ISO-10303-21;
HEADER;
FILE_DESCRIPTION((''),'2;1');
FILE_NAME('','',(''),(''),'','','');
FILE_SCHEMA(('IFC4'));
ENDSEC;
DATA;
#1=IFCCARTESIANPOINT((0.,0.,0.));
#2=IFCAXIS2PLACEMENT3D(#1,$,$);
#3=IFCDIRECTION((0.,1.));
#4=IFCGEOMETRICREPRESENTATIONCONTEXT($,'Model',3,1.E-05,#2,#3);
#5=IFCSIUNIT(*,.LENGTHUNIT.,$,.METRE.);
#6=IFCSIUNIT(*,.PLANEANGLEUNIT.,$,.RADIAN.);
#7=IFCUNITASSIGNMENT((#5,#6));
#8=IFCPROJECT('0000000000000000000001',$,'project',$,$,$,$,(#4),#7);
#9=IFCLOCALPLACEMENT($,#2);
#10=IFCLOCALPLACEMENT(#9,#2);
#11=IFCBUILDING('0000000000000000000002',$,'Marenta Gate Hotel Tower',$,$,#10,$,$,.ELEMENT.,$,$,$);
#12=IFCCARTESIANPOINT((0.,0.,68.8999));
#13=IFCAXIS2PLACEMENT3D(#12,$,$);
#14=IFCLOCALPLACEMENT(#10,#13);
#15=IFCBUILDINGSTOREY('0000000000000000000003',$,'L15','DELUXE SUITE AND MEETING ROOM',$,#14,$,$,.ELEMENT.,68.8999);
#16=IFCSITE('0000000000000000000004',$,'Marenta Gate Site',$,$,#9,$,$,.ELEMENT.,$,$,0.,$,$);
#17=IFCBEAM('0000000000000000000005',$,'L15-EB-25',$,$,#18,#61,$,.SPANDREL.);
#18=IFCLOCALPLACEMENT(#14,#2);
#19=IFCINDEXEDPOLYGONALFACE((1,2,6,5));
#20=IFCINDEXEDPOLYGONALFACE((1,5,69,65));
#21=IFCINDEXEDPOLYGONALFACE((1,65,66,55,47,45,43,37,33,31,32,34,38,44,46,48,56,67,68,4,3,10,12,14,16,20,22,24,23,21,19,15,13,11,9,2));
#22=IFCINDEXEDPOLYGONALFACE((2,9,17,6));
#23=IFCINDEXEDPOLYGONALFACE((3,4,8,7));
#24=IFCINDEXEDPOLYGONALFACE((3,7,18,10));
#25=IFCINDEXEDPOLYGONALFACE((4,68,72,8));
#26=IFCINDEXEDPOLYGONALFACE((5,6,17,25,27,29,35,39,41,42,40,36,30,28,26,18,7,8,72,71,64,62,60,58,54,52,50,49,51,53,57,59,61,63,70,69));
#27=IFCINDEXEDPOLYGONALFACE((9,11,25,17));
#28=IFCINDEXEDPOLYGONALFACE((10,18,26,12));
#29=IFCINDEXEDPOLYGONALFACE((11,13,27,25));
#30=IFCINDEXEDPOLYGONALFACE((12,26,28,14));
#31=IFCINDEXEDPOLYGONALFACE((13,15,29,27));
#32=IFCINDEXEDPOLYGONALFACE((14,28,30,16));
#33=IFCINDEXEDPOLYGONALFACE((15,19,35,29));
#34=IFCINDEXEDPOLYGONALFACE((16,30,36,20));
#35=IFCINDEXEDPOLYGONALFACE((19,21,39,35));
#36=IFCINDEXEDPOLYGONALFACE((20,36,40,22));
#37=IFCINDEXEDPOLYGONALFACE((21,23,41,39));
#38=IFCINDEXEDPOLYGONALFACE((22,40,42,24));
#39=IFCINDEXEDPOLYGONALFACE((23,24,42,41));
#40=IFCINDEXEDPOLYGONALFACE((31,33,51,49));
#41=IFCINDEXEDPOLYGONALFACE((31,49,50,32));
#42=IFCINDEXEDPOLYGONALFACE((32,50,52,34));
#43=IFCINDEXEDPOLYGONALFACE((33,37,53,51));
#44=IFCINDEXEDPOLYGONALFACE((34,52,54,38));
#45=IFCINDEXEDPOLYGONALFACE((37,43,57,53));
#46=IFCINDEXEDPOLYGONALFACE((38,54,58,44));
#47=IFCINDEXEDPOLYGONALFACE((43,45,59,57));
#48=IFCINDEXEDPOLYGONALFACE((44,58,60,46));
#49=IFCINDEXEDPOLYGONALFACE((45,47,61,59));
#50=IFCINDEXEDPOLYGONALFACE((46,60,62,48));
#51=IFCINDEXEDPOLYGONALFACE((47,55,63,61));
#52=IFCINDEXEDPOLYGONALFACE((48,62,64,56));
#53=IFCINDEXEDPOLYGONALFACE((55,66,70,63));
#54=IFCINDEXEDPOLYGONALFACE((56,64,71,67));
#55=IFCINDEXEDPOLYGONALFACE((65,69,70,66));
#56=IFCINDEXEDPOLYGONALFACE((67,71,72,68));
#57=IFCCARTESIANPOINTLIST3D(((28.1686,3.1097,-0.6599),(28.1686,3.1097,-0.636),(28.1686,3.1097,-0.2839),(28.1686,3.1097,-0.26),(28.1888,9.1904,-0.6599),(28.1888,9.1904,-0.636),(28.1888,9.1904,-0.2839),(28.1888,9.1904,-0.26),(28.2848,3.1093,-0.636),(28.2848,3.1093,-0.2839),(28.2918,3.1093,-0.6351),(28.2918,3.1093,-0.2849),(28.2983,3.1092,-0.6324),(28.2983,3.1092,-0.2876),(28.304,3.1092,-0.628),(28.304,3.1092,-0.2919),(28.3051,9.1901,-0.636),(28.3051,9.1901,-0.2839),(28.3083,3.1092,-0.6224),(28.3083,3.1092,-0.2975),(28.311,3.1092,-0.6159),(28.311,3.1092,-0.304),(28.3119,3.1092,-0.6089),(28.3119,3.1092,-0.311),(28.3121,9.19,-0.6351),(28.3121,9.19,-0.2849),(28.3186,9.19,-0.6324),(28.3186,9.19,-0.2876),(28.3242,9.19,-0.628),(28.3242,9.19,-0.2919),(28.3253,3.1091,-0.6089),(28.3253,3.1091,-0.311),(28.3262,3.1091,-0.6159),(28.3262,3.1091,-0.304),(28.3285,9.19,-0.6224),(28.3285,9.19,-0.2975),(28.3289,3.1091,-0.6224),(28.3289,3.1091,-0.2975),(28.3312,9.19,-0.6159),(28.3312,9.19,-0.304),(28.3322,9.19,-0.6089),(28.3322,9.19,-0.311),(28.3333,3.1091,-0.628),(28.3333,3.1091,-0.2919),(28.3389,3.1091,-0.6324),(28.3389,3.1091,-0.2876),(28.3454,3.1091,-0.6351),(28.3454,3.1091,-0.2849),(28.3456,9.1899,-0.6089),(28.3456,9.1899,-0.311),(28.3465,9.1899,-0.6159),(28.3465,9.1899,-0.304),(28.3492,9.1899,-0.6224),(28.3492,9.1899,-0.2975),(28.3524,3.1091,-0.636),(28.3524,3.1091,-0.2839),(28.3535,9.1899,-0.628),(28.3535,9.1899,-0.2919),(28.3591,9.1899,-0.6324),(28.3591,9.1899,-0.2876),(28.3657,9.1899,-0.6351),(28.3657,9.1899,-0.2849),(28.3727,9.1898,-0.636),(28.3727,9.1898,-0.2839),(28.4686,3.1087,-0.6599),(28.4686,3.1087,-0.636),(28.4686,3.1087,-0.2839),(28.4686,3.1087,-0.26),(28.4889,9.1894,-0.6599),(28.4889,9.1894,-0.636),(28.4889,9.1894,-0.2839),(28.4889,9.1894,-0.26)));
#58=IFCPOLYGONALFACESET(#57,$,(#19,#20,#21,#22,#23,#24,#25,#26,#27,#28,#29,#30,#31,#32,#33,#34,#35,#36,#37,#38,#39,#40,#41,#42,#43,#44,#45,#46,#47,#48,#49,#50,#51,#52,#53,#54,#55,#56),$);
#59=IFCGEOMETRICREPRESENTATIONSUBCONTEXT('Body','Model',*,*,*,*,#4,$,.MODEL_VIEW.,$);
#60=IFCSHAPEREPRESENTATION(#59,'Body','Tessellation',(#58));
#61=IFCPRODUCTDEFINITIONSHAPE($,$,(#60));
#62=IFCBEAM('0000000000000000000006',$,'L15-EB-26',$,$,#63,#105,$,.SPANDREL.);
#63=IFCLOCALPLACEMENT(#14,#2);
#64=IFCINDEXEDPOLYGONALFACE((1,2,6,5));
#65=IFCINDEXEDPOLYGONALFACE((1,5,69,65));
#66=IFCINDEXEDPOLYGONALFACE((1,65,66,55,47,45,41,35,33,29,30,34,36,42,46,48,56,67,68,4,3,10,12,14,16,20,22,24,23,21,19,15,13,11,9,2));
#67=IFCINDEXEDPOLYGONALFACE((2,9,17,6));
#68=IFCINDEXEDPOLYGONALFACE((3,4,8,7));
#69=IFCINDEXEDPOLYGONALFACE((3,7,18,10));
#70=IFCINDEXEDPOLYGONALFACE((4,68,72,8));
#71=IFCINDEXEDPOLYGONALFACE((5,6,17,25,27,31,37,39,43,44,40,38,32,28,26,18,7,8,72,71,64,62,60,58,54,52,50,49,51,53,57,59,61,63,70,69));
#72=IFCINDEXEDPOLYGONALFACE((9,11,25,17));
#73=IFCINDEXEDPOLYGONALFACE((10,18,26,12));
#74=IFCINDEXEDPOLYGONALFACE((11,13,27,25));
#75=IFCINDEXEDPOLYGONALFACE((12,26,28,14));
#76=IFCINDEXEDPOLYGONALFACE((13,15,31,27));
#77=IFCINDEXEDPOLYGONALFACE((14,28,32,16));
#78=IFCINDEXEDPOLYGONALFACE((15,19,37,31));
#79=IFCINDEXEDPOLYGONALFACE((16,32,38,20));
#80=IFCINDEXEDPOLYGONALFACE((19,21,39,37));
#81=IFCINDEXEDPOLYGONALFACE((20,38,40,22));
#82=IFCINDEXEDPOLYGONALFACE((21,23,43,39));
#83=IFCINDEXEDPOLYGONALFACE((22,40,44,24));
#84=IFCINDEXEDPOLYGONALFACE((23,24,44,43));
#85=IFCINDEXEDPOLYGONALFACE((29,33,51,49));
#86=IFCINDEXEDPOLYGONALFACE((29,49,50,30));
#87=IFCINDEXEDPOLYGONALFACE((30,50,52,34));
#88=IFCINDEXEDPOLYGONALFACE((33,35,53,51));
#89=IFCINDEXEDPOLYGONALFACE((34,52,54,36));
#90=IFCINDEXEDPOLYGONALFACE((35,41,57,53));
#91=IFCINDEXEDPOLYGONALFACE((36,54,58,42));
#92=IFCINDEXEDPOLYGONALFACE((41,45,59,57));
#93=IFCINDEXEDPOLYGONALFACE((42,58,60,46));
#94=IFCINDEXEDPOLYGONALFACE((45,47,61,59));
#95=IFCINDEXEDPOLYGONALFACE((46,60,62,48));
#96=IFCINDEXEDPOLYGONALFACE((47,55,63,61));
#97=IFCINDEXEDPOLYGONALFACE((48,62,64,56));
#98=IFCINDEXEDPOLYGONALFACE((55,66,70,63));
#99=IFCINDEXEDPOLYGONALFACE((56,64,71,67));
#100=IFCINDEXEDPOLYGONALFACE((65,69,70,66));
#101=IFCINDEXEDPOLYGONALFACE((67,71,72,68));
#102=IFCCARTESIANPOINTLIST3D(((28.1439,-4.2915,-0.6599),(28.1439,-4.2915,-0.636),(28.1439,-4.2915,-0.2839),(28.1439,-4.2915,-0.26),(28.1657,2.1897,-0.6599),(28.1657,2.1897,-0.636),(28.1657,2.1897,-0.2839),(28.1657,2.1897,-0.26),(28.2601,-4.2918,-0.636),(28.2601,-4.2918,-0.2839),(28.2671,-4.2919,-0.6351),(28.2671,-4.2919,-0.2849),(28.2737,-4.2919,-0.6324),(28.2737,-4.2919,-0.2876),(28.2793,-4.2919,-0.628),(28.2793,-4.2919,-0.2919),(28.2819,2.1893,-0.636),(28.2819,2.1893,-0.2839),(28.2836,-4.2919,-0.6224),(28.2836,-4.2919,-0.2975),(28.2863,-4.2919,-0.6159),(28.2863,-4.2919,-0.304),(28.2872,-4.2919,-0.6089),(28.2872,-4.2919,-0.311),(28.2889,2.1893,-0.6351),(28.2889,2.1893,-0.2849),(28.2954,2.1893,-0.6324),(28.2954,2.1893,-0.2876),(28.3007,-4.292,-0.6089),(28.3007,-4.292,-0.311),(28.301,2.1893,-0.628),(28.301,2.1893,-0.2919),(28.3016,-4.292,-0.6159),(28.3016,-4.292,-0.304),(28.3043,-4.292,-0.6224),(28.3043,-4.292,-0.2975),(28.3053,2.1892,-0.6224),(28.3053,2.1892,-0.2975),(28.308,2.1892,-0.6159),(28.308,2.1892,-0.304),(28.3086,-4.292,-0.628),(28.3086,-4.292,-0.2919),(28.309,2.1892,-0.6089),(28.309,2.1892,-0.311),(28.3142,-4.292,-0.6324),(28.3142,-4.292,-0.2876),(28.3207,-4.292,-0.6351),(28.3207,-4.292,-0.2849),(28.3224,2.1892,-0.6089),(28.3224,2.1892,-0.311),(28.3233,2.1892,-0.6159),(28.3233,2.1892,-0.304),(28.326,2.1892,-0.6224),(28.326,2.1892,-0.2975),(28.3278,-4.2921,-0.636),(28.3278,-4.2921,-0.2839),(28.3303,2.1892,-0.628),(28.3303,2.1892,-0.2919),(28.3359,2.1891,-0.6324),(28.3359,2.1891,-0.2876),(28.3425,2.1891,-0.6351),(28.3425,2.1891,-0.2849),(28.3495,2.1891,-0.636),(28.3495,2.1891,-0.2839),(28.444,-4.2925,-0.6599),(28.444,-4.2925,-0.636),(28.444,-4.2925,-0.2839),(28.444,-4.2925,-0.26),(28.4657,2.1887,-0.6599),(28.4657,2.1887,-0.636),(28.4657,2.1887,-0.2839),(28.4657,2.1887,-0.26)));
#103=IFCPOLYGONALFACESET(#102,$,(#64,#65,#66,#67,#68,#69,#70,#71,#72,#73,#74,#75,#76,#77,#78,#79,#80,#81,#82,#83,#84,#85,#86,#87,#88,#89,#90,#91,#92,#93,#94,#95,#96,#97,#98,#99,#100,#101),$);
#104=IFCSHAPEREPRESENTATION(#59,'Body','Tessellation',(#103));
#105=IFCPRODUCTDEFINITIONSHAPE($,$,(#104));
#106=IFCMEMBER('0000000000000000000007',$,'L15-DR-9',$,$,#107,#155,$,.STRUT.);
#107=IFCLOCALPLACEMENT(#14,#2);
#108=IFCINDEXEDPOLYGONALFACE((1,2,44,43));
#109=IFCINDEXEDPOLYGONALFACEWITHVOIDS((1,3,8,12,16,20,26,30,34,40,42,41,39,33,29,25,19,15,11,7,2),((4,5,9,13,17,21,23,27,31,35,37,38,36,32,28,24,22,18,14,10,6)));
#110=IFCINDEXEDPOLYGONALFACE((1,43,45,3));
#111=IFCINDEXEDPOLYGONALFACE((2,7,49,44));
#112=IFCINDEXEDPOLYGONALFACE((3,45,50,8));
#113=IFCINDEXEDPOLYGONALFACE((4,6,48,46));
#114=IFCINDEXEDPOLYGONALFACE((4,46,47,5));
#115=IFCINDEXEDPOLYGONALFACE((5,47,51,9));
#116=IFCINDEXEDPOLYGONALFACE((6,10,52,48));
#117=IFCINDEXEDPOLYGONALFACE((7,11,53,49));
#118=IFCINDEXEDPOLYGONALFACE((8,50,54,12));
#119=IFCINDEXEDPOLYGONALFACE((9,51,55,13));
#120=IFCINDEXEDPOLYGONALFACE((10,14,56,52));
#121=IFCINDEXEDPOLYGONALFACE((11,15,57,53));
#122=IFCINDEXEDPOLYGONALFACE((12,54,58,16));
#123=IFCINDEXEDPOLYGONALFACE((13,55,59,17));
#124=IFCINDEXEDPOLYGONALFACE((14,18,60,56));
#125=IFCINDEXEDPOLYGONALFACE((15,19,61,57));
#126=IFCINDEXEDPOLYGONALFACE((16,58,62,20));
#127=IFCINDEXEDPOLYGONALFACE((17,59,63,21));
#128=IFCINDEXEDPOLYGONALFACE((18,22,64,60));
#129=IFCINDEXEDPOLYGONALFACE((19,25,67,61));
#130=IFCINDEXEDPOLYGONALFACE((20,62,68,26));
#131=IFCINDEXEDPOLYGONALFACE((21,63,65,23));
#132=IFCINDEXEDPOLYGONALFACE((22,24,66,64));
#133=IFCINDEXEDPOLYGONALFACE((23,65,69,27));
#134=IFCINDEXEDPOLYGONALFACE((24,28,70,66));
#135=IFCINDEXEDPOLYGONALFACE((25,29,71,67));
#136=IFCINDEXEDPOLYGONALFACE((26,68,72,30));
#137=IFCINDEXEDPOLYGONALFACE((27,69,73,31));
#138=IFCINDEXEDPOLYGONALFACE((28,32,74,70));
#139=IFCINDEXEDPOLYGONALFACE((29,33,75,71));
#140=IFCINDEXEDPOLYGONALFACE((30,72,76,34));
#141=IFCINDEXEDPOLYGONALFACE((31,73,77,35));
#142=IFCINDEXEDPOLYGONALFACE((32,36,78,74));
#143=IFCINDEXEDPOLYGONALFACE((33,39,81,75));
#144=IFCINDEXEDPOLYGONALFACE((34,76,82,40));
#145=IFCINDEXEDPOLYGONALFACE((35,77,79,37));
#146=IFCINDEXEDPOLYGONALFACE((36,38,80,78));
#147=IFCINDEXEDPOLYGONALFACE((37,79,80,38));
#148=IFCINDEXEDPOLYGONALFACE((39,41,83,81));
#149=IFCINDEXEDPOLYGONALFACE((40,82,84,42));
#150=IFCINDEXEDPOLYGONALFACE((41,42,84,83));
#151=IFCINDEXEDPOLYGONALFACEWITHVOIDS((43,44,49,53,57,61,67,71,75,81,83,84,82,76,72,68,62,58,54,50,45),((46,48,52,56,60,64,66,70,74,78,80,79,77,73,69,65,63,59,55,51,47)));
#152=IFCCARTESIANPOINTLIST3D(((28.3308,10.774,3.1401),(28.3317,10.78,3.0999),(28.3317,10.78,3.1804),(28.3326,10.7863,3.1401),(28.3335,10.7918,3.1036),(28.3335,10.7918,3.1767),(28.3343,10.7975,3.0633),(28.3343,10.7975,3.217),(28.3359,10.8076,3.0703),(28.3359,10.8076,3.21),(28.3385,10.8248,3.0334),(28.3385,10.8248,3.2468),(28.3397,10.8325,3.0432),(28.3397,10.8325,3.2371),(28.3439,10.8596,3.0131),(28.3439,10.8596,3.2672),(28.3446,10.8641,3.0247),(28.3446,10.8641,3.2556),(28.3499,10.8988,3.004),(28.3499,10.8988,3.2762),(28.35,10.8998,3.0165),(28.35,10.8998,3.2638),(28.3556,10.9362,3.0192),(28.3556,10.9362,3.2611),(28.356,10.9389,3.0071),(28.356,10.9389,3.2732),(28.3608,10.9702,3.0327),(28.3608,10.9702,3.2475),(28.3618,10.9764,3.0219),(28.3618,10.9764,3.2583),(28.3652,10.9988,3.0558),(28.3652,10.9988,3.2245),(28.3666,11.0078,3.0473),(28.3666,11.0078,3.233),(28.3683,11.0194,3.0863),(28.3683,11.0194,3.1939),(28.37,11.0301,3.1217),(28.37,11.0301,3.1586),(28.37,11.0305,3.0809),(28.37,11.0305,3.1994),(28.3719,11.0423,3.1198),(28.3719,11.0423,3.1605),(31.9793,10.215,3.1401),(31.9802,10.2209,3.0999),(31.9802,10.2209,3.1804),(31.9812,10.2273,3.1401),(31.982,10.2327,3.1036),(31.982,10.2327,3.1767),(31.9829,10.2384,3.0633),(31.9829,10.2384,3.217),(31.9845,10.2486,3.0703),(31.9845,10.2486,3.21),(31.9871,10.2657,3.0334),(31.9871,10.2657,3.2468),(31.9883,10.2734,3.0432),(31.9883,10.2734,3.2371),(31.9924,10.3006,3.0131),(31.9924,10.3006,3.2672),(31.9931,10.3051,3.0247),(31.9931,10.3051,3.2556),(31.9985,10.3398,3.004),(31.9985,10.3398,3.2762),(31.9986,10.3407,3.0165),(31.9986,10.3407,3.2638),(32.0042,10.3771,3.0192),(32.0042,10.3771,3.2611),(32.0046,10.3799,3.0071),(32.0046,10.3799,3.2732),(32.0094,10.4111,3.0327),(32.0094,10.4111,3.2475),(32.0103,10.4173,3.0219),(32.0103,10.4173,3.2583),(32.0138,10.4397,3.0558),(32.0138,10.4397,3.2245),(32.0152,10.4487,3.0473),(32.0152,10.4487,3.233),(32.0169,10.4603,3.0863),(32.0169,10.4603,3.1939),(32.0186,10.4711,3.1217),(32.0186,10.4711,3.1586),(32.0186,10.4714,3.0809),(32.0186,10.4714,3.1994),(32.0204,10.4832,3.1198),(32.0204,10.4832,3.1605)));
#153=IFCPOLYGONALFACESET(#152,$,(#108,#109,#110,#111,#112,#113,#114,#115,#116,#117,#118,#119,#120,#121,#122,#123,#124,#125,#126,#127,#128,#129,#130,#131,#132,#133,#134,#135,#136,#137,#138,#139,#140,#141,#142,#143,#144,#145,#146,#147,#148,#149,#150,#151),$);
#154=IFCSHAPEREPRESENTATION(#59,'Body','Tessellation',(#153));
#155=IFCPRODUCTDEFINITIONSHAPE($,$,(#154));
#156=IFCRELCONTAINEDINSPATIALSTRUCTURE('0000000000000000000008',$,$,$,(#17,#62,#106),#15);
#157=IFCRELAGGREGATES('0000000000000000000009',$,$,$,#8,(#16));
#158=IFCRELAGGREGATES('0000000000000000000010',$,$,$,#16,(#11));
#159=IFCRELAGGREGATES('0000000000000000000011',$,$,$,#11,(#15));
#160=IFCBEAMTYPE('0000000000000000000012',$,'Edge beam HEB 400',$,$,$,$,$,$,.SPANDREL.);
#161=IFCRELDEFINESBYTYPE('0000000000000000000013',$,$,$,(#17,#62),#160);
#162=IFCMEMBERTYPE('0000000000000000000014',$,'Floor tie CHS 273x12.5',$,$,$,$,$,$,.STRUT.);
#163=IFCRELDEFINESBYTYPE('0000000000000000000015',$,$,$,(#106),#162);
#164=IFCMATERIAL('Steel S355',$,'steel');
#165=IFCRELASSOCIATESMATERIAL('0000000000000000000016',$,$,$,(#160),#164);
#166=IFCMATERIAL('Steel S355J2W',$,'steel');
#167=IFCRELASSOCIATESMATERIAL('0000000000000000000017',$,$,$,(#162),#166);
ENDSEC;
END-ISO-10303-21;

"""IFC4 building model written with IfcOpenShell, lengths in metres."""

from ifc_helpers import new_model, si_unit, direction, frame, origin, origin_2d, place, context, subcontext, project, spatial, hollow_circle, i_section, extrude, material, material_profile, profile_set, type_object, element, save


model = new_model("IFC4")

# Units and contexts
model_context = context("Model", 3, precision=1e-05, world=origin(), true_north=direction((0.0, 1.0)))
body_context = subcontext(model_context, "Body", "Model", "MODEL_VIEW")
ifc_project = project(units=[si_unit("LENGTHUNIT", "METRE"), si_unit("PLANEANGLEUNIT", "RADIAN")], contexts=[model_context])

# Site, building, storey
site_placement = place(None, origin())
site = spatial("IfcSite", under=ifc_project, at=site_placement, Name="Marenta Gate Site", CompositionType="ELEMENT", RefElevation=0.0)
building_placement = place(site_placement, origin())
building = spatial("IfcBuilding", under=site, at=building_placement, Name="Marenta Gate Hotel Tower", CompositionType="ELEMENT")
storey_placement = place(building_placement, frame((0.0, 0.0, 68.8999)))
storey = spatial("IfcBuildingStorey", under=building, at=storey_placement, Name="L15", Description="DELUXE SUITE AND MEETING ROOM", CompositionType="ELEMENT", Elevation=68.8999)

# Beams
ifc_material_1 = material(Name="Steel S355", Category="steel")
ifc_material_profile_1 = material_profile(ifc_material_1, i_section(OverallWidth=0.3, OverallDepth=0.3999, WebThickness=0.0134, FlangeThickness=0.0239, FilletRadius=0.0271, at=origin_2d()), Name="HEB 400")
ifc_profile_set_1 = profile_set([ifc_material_profile_1], Name="Steel S355")
beam_type_1 = type_object("IfcBeamType", Name="Edge beam HEB 400", PredefinedType="SPANDREL", material=ifc_profile_set_1)
beam_1_placement = place(storey_placement, frame((28.3389, 9.1899, -0.46), z_axis=(-0.003332, -0.999994, 0.0), x_axis=(0.999994, -0.003332, 0.0)))
element("IfcBeam", 1, at=beam_1_placement, inside=storey, type_object=beam_type_1, Name="L15-EB-25", PredefinedType="SPANDREL", context=body_context, shape_type="SweptSolid", body=[
    extrude(i_section(OverallWidth=0.3, OverallDepth=0.3999, WebThickness=0.0134, FlangeThickness=0.0239, FilletRadius=0.0271, at=origin_2d()), origin(), (0.0, 0.0, 1.0), 6.0808),
])
beam_2_placement = place(storey_placement, frame((28.3157, 2.1892, -0.46), z_axis=(-0.003353, -0.999994, 0.0), x_axis=(0.999994, -0.003353, 0.0)))
element("IfcBeam", 2, at=beam_2_placement, inside=storey, type_object=beam_type_1, Name="L15-EB-26", PredefinedType="SPANDREL", context=body_context, shape_type="SweptSolid", body=[
    extrude(i_section(OverallWidth=0.3, OverallDepth=0.3999, WebThickness=0.0134, FlangeThickness=0.0239, FilletRadius=0.0271, at=origin_2d()), origin(), (0.0, 0.0, 1.0), 6.4812),
])

# Member
ifc_material_2 = material(Name="Steel S355J2W", Category="steel")
ifc_material_profile_2 = material_profile(ifc_material_2, hollow_circle(Radius=0.1365, WallThickness=0.0125, at=origin_2d()), Name="CHS 273x12.5")
ifc_profile_set_2 = profile_set([ifc_material_profile_2], Name="Steel S355J2W")
member_type_1 = type_object("IfcMemberType", Name="Floor tie CHS 273x12.5", PredefinedType="STRUT", material=ifc_profile_set_2)
member_1_placement = place(storey_placement, frame((32.0, 10.3499, 3.1401), z_axis=(-0.988463, 0.151461, 0.0), x_axis=(-0.151461, -0.988463, 0.0)))
element("IfcMember", 3, at=member_1_placement, inside=storey, type_object=member_type_1, Name="L15-DR-9", PredefinedType="STRUT", context=body_context, shape_type="SweptSolid", body=[
    extrude(hollow_circle(Radius=0.1365, WallThickness=0.0125, at=origin_2d()), origin(), (0.0, 0.0, 1.0), 3.6912),
])

save(model, "model.ifc")
